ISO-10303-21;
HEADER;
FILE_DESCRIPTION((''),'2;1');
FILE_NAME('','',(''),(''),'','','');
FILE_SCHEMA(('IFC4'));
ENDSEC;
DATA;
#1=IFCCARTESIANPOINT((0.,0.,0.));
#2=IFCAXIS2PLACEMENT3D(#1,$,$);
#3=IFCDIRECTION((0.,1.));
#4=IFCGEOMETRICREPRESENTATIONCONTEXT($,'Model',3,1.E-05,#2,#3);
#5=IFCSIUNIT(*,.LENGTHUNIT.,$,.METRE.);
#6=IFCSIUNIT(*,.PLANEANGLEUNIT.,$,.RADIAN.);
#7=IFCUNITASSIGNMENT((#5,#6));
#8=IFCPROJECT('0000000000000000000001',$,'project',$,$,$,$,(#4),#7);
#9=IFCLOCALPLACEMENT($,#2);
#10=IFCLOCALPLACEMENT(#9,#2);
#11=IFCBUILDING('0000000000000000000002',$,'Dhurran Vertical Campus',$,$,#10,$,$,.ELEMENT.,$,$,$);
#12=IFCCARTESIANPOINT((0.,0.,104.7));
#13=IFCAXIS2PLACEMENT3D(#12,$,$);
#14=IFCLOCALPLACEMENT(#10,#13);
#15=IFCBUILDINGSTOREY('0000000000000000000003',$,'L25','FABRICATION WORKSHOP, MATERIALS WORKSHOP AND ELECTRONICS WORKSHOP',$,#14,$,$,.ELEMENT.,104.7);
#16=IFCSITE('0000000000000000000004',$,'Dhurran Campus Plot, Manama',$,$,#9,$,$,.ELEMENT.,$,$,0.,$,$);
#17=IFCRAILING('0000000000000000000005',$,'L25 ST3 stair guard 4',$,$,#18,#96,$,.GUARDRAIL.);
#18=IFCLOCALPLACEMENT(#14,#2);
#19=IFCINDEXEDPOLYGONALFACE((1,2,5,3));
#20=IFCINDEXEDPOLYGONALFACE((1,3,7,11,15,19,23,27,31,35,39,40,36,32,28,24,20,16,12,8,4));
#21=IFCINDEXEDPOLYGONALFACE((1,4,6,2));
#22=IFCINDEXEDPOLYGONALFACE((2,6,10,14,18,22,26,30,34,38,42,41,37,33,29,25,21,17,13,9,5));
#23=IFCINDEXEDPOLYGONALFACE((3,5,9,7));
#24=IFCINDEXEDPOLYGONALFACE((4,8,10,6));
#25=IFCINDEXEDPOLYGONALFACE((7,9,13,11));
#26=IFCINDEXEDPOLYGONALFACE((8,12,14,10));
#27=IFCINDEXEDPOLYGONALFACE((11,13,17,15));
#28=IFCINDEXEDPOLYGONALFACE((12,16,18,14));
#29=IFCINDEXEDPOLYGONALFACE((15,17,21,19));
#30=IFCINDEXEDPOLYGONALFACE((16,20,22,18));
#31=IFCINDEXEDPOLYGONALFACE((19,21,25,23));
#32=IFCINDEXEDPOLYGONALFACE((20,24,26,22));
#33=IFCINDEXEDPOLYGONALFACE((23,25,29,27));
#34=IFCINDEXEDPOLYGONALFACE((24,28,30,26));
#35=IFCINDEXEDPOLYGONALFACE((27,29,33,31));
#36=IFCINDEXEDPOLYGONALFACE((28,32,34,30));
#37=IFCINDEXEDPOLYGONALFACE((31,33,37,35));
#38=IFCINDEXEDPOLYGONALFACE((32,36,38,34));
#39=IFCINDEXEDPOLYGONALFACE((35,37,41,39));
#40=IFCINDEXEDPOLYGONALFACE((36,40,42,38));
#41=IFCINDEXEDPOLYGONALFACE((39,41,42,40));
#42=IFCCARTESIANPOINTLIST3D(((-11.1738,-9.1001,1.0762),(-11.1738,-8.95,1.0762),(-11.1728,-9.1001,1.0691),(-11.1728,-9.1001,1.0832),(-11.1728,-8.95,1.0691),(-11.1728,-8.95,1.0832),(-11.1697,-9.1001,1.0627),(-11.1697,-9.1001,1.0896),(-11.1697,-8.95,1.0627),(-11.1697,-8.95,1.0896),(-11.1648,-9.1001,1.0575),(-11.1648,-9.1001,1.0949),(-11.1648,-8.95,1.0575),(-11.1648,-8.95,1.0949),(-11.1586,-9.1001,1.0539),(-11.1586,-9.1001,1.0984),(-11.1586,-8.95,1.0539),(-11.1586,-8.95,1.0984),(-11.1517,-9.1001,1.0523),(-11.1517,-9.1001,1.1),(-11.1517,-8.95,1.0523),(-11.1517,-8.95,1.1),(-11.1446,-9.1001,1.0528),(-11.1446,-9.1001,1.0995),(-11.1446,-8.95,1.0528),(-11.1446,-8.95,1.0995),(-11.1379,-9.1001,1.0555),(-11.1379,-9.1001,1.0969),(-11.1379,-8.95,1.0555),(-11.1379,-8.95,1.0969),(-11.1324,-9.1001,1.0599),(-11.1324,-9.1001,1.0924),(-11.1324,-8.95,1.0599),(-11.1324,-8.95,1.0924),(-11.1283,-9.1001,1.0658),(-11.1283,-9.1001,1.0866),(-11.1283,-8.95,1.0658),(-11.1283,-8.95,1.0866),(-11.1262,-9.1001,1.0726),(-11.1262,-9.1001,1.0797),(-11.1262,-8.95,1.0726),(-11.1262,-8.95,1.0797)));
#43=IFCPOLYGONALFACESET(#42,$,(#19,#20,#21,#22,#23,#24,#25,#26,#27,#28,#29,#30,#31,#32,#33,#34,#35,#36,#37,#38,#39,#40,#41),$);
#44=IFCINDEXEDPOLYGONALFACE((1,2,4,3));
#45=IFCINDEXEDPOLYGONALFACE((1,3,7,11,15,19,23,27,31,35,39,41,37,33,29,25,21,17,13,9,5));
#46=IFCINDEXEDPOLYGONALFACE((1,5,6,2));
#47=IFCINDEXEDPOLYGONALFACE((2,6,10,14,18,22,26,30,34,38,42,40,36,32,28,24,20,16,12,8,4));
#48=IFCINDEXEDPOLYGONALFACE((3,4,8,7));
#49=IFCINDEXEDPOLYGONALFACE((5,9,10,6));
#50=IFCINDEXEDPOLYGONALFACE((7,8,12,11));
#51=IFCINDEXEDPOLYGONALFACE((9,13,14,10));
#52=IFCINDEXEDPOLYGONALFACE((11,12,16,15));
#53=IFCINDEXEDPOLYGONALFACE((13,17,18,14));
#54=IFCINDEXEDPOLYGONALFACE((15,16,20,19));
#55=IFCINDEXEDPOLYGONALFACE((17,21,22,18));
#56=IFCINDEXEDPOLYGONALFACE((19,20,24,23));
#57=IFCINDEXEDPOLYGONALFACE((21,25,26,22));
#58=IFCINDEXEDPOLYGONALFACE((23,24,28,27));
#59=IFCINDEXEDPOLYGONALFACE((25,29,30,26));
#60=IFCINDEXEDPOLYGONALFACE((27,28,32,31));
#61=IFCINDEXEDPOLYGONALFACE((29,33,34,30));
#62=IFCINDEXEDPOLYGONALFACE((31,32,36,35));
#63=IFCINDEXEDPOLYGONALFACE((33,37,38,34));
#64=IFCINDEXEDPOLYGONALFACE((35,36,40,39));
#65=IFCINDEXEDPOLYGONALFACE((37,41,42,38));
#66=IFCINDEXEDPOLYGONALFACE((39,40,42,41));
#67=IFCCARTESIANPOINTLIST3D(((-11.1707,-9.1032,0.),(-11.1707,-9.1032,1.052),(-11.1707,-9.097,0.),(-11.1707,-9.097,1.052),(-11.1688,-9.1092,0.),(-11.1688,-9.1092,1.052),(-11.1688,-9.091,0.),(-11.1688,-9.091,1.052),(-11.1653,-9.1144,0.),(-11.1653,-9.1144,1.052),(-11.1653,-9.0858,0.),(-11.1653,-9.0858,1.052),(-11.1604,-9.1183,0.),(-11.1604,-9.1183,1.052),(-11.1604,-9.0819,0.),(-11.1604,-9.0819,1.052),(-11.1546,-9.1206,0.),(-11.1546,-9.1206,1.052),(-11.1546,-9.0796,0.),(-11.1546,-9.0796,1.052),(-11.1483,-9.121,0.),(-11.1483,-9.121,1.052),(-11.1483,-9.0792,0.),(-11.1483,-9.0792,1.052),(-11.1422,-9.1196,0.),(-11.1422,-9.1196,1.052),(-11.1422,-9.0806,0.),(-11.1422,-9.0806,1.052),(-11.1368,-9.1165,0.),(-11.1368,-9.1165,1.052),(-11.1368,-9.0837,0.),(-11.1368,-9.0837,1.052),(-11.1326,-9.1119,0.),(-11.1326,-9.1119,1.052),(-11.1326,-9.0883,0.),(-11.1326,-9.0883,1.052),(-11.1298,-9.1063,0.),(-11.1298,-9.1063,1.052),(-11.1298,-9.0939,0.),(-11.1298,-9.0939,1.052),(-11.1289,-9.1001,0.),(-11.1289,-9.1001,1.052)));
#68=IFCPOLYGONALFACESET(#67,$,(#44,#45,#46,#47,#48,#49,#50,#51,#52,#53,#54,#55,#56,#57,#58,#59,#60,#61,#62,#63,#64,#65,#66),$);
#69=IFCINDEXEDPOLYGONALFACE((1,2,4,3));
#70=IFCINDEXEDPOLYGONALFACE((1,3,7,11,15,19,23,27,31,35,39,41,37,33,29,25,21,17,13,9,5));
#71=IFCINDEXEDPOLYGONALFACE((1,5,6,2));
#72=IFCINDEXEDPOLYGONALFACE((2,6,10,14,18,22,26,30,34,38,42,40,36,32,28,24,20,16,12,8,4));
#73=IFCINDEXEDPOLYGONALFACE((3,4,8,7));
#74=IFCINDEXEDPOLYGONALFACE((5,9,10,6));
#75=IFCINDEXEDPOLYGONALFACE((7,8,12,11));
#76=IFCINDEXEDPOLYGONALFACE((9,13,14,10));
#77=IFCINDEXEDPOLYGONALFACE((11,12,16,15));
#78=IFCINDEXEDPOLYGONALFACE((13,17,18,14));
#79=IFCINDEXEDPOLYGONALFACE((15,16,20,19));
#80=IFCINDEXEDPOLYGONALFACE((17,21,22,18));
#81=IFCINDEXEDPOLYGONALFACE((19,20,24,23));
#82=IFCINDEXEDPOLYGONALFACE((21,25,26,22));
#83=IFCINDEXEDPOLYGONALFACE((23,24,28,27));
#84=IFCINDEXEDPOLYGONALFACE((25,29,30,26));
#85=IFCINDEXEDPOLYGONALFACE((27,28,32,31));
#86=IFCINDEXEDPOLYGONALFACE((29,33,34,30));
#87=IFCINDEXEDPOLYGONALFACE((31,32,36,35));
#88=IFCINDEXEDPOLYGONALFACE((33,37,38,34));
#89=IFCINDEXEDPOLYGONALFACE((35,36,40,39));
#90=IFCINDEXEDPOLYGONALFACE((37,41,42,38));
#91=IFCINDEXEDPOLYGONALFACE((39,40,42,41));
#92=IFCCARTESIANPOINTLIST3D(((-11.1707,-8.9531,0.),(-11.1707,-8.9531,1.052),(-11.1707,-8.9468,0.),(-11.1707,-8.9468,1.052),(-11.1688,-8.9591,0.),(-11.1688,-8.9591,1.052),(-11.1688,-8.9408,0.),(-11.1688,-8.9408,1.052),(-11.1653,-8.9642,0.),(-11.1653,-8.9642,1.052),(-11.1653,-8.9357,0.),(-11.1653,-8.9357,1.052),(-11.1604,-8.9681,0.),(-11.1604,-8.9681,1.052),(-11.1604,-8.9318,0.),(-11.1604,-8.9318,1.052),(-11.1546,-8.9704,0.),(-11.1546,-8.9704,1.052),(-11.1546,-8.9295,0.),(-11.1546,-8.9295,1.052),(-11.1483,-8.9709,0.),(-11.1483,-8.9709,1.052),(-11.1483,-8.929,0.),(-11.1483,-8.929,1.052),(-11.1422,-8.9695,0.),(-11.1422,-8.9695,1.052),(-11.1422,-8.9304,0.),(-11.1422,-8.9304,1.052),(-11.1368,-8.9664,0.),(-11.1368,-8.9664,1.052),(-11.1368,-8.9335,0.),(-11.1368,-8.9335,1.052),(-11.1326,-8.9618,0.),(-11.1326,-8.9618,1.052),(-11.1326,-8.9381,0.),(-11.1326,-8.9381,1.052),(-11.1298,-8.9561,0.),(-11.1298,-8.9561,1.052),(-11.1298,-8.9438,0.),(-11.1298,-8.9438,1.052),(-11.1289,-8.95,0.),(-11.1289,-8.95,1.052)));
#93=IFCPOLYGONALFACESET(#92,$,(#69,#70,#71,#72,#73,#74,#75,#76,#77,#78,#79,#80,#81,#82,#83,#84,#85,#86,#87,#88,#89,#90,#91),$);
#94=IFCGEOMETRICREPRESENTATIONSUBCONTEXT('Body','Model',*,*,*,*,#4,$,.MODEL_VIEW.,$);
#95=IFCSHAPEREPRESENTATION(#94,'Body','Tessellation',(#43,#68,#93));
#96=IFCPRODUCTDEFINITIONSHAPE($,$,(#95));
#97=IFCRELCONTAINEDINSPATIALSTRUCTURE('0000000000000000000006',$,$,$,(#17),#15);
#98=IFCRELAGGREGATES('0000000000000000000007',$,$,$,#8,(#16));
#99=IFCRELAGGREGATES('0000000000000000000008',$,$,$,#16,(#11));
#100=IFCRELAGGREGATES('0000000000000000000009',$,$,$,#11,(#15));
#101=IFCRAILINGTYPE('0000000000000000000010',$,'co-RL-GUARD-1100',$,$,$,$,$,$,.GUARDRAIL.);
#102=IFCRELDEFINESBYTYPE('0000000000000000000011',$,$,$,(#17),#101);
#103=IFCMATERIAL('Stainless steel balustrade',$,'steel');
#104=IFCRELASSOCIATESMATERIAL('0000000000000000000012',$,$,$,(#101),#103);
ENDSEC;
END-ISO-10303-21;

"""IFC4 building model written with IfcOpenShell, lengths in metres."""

from ifc_helpers import new_model, si_unit, direction, frame, origin, origin_2d, place, context, subcontext, project, spatial, circle, extrude, material, type_object, element, save


model = new_model("IFC4")

# Units and contexts
model_context = context("Model", 3, precision=1e-05, world=origin(), true_north=direction((0.0, 1.0)))
body_context = subcontext(model_context, "Body", "Model", "MODEL_VIEW")
ifc_project = project(units=[si_unit("LENGTHUNIT", "METRE"), si_unit("PLANEANGLEUNIT", "RADIAN")], contexts=[model_context])

# Site, building, storey
site_placement = place(None, origin())
site = spatial("IfcSite", under=ifc_project, at=site_placement, Name="Dhurran Campus Plot, Manama", CompositionType="ELEMENT", RefElevation=0.0)
building_placement = place(site_placement, origin())
building = spatial("IfcBuilding", under=site, at=building_placement, Name="Dhurran Vertical Campus", CompositionType="ELEMENT")
storey_placement = place(building_placement, frame((0.0, 0.0, 104.7)))
storey = spatial("IfcBuildingStorey", under=building, at=storey_placement, Name="L25", Description="FABRICATION WORKSHOP, MATERIALS WORKSHOP AND ELECTRONICS WORKSHOP", CompositionType="ELEMENT", Elevation=104.7)

# Railing
ifc_material_1 = material(Name="Stainless steel balustrade", Category="steel")
railing_type_1 = type_object("IfcRailingType", Name="co-RL-GUARD-1100", PredefinedType="GUARDRAIL", material=ifc_material_1)
railing_1_placement = place(storey_placement, frame((-11.1499, -9.1001, 0.0)))
element("IfcRailing", 1, at=railing_1_placement, inside=storey, type_object=railing_type_1, Name="L25 ST3 stair guard 4", PredefinedType="GUARDRAIL", context=body_context, shape_type="SweptSolid", body=[
    extrude(circle(Radius=0.0239, at=origin_2d()), frame((0.0, 0.0, 1.0762), z_axis=(0.0, 1.0, 0.0), x_axis=(-1.0, 0.0, 0.0)), (0.0, 0.0, 1.0), 0.1501),
    extrude(circle(Radius=0.021, at=origin_2d()), origin(), (0.0, 0.0, 1.0), 1.052),
    extrude(circle(Radius=0.021, at=origin_2d()), frame((0.0, 0.1501, 0.0)), (0.0, 0.0, 1.0), 1.052),
])

save(model, "model.ifc")
